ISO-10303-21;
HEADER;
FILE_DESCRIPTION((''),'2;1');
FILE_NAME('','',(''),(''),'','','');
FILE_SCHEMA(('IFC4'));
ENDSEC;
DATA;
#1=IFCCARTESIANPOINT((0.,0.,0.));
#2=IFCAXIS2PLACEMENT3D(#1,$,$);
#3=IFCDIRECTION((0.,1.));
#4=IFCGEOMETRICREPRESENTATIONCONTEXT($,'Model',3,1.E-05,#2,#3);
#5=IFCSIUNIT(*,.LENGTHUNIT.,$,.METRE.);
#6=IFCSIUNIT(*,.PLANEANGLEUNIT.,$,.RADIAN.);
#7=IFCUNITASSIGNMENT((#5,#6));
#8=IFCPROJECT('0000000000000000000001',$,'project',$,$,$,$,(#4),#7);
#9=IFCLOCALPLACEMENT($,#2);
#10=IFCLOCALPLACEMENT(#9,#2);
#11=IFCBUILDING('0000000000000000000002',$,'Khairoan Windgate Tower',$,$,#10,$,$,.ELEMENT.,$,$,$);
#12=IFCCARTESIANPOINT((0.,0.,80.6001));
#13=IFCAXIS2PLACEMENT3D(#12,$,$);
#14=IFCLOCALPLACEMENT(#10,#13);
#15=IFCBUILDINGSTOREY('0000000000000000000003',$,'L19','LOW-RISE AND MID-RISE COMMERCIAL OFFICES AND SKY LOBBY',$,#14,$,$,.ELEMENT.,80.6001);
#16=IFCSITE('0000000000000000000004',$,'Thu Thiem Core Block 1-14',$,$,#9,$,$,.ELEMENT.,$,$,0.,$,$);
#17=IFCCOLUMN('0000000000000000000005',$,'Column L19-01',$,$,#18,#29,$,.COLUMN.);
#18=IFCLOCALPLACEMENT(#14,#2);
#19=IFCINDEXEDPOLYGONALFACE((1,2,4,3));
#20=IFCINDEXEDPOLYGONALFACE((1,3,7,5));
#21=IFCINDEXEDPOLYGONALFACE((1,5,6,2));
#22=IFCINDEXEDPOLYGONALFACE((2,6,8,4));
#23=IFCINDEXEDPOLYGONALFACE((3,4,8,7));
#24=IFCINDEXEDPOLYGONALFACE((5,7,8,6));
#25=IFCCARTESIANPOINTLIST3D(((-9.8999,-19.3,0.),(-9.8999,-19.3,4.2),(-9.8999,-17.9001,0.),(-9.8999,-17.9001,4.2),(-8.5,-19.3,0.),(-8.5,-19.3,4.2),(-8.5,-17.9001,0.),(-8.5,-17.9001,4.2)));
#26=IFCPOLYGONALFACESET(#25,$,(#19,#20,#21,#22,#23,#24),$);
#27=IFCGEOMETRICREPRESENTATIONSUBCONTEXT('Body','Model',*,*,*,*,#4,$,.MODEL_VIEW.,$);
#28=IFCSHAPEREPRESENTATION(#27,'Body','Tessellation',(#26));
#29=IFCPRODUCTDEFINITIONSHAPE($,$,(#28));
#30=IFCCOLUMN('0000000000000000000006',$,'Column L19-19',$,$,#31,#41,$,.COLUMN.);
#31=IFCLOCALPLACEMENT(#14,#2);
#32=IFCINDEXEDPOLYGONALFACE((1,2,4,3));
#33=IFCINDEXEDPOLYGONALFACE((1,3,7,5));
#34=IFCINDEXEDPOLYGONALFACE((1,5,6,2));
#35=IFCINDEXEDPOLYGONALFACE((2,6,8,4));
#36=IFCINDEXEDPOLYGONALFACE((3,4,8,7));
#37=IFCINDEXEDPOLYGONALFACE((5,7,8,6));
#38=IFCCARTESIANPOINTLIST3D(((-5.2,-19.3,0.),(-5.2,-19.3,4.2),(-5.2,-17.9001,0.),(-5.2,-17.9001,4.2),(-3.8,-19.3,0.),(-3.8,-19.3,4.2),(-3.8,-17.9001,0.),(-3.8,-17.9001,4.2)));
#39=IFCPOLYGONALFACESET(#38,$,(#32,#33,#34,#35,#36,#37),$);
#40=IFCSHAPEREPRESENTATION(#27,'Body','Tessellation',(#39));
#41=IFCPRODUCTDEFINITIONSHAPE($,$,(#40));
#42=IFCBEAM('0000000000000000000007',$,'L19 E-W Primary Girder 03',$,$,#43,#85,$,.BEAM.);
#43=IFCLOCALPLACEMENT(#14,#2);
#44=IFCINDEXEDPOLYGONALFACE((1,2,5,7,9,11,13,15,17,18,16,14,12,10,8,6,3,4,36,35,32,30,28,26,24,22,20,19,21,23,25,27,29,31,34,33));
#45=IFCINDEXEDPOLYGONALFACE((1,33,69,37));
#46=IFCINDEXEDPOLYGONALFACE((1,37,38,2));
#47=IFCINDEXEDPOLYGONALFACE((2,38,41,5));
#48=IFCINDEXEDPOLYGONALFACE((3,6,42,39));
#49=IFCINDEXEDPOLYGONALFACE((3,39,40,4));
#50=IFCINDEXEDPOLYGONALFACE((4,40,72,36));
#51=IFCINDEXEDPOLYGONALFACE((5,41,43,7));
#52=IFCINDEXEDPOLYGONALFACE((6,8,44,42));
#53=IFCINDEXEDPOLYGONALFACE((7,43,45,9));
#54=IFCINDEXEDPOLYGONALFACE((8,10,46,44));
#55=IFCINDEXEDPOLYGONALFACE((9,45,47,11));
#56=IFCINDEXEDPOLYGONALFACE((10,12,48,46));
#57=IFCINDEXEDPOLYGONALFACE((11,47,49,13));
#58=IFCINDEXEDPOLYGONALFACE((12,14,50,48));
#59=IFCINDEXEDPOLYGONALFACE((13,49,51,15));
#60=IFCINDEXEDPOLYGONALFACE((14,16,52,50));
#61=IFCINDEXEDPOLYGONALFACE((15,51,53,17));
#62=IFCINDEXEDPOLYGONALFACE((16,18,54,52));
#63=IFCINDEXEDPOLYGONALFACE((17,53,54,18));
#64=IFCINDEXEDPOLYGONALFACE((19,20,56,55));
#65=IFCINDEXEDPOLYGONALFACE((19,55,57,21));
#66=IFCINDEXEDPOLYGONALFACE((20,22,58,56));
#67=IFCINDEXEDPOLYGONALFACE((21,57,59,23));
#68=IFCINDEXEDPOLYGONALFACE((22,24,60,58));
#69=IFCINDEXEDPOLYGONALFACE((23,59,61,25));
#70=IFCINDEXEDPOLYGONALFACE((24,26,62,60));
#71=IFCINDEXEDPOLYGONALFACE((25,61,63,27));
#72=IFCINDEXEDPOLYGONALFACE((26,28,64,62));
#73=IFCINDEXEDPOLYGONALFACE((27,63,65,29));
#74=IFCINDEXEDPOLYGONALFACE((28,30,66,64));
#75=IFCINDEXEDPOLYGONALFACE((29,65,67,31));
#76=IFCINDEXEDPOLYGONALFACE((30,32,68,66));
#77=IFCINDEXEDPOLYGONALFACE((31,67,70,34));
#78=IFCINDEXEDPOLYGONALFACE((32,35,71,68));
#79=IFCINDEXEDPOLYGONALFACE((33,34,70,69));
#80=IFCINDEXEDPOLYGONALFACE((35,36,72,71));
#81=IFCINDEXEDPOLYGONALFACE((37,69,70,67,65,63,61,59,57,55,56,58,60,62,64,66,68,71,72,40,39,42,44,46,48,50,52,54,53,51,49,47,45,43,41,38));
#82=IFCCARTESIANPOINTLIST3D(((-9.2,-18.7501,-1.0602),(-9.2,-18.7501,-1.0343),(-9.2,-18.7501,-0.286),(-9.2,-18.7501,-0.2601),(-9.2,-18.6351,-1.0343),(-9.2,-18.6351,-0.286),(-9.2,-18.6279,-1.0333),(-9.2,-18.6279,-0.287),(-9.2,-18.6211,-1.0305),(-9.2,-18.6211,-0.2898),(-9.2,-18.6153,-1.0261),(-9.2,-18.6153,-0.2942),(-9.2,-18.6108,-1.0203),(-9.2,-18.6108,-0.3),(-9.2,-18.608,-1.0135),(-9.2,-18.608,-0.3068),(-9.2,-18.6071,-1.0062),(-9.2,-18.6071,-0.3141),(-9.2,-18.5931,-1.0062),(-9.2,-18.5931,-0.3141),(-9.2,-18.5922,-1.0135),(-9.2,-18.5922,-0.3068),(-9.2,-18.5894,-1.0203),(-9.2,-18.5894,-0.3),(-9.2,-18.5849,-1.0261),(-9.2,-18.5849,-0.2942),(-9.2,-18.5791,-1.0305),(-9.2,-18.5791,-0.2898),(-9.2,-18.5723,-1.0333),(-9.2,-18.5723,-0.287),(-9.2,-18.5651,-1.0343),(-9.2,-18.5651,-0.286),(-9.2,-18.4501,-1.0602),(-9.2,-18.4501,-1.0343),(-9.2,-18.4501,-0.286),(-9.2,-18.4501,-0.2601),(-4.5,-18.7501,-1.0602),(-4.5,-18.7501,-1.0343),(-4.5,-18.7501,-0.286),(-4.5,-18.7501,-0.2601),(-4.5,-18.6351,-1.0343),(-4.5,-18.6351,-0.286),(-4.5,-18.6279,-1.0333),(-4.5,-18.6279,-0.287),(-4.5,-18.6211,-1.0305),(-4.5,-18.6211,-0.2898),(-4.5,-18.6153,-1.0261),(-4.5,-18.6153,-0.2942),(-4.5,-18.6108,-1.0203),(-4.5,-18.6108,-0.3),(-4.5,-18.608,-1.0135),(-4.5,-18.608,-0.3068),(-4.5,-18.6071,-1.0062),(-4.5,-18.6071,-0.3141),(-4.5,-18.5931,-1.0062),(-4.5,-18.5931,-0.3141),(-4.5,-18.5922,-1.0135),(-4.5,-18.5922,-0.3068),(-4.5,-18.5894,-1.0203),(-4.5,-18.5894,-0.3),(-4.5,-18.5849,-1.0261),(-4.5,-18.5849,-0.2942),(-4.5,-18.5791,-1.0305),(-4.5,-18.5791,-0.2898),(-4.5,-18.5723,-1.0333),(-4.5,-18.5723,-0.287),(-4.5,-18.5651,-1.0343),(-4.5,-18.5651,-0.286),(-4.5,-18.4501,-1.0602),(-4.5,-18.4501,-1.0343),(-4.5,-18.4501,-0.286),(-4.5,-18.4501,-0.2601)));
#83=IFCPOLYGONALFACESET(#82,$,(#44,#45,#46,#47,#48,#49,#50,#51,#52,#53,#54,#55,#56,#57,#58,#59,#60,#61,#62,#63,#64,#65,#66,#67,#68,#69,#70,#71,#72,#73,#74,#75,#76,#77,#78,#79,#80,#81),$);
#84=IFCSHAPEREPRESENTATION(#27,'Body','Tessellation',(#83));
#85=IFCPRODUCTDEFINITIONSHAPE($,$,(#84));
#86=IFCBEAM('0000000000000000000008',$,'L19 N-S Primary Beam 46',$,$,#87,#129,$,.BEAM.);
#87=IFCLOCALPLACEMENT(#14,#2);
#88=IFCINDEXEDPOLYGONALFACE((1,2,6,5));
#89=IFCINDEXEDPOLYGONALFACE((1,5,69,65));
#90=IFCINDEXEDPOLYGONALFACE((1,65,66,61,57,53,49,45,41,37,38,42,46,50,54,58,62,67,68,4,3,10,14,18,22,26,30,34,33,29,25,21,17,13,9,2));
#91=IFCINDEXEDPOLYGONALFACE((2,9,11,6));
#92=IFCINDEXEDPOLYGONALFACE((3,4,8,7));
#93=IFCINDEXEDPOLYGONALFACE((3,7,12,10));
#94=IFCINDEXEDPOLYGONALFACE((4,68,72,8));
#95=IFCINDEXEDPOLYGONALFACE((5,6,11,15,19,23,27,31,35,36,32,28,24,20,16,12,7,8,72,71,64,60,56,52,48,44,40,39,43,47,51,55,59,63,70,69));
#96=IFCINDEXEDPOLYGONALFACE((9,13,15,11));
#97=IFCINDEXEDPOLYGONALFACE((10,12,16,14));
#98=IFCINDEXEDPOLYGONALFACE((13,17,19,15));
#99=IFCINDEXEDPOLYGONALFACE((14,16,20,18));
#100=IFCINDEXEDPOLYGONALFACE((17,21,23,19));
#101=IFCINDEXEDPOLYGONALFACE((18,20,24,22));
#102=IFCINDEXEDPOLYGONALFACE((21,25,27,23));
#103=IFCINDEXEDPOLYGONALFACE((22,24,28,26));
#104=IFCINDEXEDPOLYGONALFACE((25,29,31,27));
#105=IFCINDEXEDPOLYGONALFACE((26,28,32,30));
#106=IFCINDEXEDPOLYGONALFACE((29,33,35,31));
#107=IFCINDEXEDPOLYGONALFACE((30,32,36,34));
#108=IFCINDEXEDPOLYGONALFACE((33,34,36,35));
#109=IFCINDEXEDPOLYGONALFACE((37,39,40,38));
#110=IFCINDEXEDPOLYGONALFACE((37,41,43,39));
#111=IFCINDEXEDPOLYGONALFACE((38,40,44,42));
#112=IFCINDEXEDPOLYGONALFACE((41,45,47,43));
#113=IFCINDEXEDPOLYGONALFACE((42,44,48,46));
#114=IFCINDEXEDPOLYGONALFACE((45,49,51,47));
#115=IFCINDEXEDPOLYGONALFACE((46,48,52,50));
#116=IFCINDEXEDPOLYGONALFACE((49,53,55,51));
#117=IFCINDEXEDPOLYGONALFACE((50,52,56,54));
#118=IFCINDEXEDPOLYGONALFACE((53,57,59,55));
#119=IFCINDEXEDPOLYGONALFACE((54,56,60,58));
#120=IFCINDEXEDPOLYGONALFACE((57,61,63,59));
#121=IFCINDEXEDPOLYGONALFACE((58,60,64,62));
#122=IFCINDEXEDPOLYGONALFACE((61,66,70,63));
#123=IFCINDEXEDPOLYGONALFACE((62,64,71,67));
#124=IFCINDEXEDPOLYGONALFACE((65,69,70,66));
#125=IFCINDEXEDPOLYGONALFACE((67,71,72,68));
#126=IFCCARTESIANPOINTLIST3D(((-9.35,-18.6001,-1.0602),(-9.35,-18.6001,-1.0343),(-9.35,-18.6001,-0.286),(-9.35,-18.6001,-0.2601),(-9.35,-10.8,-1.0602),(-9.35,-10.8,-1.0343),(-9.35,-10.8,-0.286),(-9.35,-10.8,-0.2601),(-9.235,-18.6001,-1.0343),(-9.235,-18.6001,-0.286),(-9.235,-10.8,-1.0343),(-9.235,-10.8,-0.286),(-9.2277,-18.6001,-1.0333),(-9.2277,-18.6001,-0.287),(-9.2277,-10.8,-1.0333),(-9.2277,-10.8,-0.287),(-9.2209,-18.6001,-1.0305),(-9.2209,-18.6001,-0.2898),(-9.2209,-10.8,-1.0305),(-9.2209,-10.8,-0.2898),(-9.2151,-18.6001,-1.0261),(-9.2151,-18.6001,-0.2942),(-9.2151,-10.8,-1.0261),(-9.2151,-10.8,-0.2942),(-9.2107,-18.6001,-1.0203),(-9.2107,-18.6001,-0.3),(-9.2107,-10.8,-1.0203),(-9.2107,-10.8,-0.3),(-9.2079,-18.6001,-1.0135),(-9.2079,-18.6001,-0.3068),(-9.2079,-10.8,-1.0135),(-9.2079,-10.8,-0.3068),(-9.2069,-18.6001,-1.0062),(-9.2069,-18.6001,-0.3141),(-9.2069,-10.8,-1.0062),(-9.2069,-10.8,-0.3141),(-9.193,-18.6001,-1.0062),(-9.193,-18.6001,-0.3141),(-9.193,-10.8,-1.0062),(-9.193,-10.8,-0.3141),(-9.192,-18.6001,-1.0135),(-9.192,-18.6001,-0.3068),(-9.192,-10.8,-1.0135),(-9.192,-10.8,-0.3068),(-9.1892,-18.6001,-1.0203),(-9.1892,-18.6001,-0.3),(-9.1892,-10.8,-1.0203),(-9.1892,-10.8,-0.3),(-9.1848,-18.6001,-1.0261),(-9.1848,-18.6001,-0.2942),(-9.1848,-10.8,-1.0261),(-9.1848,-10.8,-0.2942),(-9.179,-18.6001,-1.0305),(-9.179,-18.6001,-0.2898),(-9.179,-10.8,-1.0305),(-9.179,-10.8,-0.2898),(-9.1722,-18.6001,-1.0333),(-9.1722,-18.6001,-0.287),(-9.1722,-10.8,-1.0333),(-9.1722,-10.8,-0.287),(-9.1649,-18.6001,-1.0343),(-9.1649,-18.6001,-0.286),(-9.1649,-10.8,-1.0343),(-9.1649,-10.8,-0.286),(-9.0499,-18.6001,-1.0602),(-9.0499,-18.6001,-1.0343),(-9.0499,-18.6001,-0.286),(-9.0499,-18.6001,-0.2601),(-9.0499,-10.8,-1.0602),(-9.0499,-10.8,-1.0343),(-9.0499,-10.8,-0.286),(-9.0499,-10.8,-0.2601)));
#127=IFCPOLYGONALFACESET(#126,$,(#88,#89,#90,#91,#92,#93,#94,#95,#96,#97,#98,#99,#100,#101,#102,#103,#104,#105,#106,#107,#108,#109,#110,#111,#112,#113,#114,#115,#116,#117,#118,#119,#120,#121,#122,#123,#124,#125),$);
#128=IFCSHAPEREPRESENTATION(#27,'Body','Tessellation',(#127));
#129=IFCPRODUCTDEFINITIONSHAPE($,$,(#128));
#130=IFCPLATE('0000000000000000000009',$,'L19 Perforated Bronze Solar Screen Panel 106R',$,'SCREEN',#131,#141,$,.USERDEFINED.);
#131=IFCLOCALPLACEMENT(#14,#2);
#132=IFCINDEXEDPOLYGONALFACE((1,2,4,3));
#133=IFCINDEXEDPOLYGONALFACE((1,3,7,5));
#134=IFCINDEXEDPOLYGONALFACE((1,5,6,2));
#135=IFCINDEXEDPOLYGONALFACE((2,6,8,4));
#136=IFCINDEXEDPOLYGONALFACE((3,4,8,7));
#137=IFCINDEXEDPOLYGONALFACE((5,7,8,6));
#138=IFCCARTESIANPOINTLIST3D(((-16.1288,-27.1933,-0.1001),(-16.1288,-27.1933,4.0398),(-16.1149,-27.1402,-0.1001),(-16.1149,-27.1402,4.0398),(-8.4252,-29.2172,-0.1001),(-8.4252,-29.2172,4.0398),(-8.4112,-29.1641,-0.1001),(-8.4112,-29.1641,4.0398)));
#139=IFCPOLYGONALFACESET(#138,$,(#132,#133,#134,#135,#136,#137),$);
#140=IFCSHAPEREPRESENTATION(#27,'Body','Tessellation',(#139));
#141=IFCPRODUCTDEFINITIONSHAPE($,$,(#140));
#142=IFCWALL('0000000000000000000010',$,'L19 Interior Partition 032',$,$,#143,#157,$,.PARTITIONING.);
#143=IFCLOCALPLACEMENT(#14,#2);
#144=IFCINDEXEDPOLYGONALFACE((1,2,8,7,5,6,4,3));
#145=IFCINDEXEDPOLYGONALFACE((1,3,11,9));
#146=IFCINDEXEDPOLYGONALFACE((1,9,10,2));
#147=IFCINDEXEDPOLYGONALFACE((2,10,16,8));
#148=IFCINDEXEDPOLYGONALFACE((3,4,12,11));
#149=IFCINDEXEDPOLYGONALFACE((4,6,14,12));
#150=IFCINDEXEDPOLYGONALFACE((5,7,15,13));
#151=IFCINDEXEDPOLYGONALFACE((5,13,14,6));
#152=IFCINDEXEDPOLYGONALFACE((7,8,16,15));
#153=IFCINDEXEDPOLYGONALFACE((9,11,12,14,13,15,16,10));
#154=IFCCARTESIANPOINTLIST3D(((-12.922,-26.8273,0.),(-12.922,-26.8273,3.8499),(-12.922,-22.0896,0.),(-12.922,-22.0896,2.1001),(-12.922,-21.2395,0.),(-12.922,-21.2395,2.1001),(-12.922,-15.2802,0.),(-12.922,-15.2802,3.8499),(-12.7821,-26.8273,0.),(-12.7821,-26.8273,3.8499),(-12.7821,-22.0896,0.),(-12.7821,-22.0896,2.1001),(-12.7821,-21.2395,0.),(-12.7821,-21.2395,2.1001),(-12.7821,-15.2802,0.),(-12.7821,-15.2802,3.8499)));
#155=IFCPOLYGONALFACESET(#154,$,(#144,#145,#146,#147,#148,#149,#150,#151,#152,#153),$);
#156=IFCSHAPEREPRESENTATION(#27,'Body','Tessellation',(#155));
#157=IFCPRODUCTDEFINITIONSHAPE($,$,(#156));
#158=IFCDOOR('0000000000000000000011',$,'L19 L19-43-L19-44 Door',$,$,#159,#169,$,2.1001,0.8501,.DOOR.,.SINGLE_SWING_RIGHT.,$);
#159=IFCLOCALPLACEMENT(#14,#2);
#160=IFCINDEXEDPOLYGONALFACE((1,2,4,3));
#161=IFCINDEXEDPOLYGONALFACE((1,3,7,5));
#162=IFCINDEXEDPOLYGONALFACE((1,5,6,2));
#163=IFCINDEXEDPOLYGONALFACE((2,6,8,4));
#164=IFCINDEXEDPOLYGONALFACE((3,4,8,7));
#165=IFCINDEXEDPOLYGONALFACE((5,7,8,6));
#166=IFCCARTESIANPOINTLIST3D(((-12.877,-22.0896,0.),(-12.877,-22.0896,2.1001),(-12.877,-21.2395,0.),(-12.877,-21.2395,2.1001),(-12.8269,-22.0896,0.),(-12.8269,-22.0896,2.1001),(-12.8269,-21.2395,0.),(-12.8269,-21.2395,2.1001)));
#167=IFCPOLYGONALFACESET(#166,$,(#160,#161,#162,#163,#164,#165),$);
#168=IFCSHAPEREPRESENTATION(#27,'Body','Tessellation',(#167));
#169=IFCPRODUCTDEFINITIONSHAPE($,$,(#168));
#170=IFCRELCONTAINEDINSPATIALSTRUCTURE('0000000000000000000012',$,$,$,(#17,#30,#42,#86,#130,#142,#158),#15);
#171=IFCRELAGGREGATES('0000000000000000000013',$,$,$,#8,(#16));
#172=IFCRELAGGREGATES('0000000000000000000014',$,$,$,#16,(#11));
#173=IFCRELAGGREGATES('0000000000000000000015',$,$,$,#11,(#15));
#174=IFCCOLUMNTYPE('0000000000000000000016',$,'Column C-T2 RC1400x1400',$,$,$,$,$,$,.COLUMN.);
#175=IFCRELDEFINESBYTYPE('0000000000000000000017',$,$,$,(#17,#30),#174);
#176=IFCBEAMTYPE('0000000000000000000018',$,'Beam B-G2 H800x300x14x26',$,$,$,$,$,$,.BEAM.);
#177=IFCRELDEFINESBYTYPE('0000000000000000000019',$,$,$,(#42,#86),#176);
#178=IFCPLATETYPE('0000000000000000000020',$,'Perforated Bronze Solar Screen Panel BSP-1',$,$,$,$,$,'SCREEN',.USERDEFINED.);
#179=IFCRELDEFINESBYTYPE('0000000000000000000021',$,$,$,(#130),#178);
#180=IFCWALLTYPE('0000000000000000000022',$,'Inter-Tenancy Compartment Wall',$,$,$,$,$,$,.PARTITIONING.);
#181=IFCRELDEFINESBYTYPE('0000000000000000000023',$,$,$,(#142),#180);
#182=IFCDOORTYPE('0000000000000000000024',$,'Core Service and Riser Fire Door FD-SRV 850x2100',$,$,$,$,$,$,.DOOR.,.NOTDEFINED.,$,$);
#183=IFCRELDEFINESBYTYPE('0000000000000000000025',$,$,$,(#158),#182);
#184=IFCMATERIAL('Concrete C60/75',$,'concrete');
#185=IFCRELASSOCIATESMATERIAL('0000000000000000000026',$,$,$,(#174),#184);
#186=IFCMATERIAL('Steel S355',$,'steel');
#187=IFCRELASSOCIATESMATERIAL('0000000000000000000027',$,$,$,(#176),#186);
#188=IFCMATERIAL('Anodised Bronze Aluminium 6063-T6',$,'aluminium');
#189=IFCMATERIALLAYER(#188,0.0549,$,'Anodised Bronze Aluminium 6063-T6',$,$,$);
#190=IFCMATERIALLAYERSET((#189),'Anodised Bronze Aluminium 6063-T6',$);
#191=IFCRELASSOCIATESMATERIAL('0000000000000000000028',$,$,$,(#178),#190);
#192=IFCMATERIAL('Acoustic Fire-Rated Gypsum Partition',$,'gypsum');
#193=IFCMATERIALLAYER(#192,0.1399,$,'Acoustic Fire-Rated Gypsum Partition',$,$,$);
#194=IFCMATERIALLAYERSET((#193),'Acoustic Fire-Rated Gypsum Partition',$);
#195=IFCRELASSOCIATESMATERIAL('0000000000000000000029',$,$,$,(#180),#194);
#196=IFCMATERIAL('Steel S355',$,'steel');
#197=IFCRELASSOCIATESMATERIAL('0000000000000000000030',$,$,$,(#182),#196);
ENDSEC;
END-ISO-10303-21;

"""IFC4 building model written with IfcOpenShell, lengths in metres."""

from ifc_helpers import new_model, si_unit, direction, frame, frame_2d, origin, origin_2d, place, context, subcontext, project, spatial, rectangle, i_section, extrude, material, layer, layer_set, material_profile, profile_set, type_object, element, fill, save


model = new_model("IFC4")

# Units and contexts
model_context = context("Model", 3, precision=1e-05, world=origin(), true_north=direction((0.0, 1.0)))
body_context = subcontext(model_context, "Body", "Model", "MODEL_VIEW")
ifc_project = project(units=[si_unit("LENGTHUNIT", "METRE"), si_unit("PLANEANGLEUNIT", "RADIAN")], contexts=[model_context])

# Site, building, storey
site_placement = place(None, origin())
site = spatial("IfcSite", under=ifc_project, at=site_placement, Name="Thu Thiem Core Block 1-14", CompositionType="ELEMENT", RefElevation=0.0)
building_placement = place(site_placement, origin())
building = spatial("IfcBuilding", under=site, at=building_placement, Name="Khairoan Windgate Tower", CompositionType="ELEMENT")
storey_placement = place(building_placement, frame((0.0, 0.0, 80.6001)))
storey = spatial("IfcBuildingStorey", under=building, at=storey_placement, Name="L19", Description="LOW-RISE AND MID-RISE COMMERCIAL OFFICES AND SKY LOBBY", CompositionType="ELEMENT", Elevation=80.6001)

# Columns
ifc_material_1 = material(Name="Concrete C60/75", Category="concrete")
ifc_material_profile_1 = material_profile(ifc_material_1, rectangle(XDim=1.3999, YDim=1.3999, at=origin_2d()))
ifc_profile_set_1 = profile_set([ifc_material_profile_1], Name="Concrete C60/75")
column_type = type_object("IfcColumnType", Name="Column C-T2 RC1400x1400", PredefinedType="COLUMN", material=ifc_profile_set_1)
for number, where, z_axis, x_axis, name in (
    (1, (-9.2, -18.6001, 0.0), (0.0, 0.0, 1.0), (1.0, 0.0, 0.0), "Column L19-01"),
    (2, (-4.5, -18.6001, 0.0), (0.0, 0.0, 1.0), (1.0, 0.0, 0.0), "Column L19-19"),
):
    element("IfcColumn", number, at=place(storey_placement, frame(where, z_axis=z_axis, x_axis=x_axis)), inside=storey, type_object=column_type, Name=name, PredefinedType="COLUMN", context=body_context, shape_type="SweptSolid", body=[
        extrude(rectangle(XDim=1.3999, YDim=1.3999, at=origin_2d()), origin(), (0.0, 0.0, 1.0), 4.2),
    ])

# Beams
ifc_material_2 = material(Name="Steel S355", Category="steel")
ifc_material_profile_2 = material_profile(ifc_material_2, i_section(OverallWidth=0.3, OverallDepth=0.8, WebThickness=0.0139, FlangeThickness=0.0259, FilletRadius=0.0281, at=origin_2d()))
ifc_profile_set_2 = profile_set([ifc_material_profile_2], Name="Steel S355")
beam_type = type_object("IfcBeamType", Name="Beam B-G2 H800x300x14x26", PredefinedType="BEAM", material=ifc_profile_set_2)
beam_1_placement = place(storey_placement, frame((-9.2, -18.6001, -0.6602), z_axis=(1.0, 0.0, 0.0), x_axis=(0.0, 1.0, 0.0)))
element("IfcBeam", 3, at=beam_1_placement, inside=storey, type_object=beam_type, Name="L19 E-W Primary Girder 03", PredefinedType="BEAM", context=body_context, shape_type="SweptSolid", body=[
    extrude(i_section(OverallWidth=0.3, OverallDepth=0.8, WebThickness=0.0139, FlangeThickness=0.0259, FilletRadius=0.0281, at=origin_2d()), origin(), (0.0, 0.0, 1.0), 4.7),
])
beam_2_placement = place(storey_placement, frame((-9.2, -18.6001, -0.6602), z_axis=(0.0, 1.0, 0.0), x_axis=(-1.0, 0.0, 0.0)))
element("IfcBeam", 4, at=beam_2_placement, inside=storey, type_object=beam_type, Name="L19 N-S Primary Beam 46", PredefinedType="BEAM", context=body_context, shape_type="SweptSolid", body=[
    extrude(i_section(OverallWidth=0.3, OverallDepth=0.8, WebThickness=0.0139, FlangeThickness=0.0259, FilletRadius=0.0281, at=origin_2d()), origin(), (0.0, 0.0, 1.0), 7.8),
])

# Plate
ifc_material_3 = material(Name="Anodised Bronze Aluminium 6063-T6", Category="aluminium")
ifc_layer_1 = layer(ifc_material_3, 0.0549, Name="Anodised Bronze Aluminium 6063-T6")
ifc_layer_set_1 = layer_set([ifc_layer_1], Name="Anodised Bronze Aluminium 6063-T6")
plate_type = type_object("IfcPlateType", Name="Perforated Bronze Solar Screen Panel BSP-1", ElementType="SCREEN", PredefinedType="USERDEFINED", material=ifc_layer_set_1)
plate_placement = place(storey_placement, frame((-12.27, -28.1787, -0.1001), z_axis=(0.0, 0.0, 1.0), x_axis=(-0.967179, 0.254096, 0.0)))
element("IfcPlate", 5, at=plate_placement, inside=storey, type_object=plate_type, Name="L19 Perforated Bronze Solar Screen Panel 106R", ObjectType="SCREEN", PredefinedType="USERDEFINED", context=body_context, shape_type="SweptSolid", body=[
    extrude(rectangle(XDim=7.9651, YDim=0.0549, at=origin_2d()), origin(), (0.0, 0.0, 1.0), 4.1399),
])

# Wall, opening, door
ifc_material_4 = material(Name="Acoustic Fire-Rated Gypsum Partition", Category="gypsum")
ifc_layer_2 = layer(ifc_material_4, 0.1399, Name="Acoustic Fire-Rated Gypsum Partition")
ifc_layer_set_2 = layer_set([ifc_layer_2], Name="Acoustic Fire-Rated Gypsum Partition")
wall_type = type_object("IfcWallType", Name="Inter-Tenancy Compartment Wall", PredefinedType="PARTITIONING", material=ifc_layer_set_2)
wall_1_placement = place(storey_placement, frame((-12.8521, -26.8271, 0.0), z_axis=(0.0, 0.0, 1.0), x_axis=(0.0, 1.0, 0.0)))
wall_1 = element("IfcWall", 6, at=wall_1_placement, inside=storey, type_object=wall_type, Name="L19 Interior Partition 032", PredefinedType="PARTITIONING", context=body_context, shape_type="SweptSolid", body=[
    extrude(rectangle(XDim=11.5471, YDim=0.1399, at=frame_2d((5.7734, 0.0))), origin(), (0.0, 0.0, 1.0), 3.8499),
])
opening_1_placement = place(wall_1_placement, frame((4.7375, 0.0, 0.0)))
opening_1 = element("IfcOpeningElement", 7, at=opening_1_placement, cuts=wall_1, PredefinedType="OPENING", context=body_context, shape_type="SweptSolid", body=[
    extrude(rectangle(XDim=0.8501, YDim=2.1001, at=frame_2d((0.425, 1.05))), frame((0.0, 0.0798, 0.0), z_axis=(0.0, -1.0, 0.0), x_axis=(1.0, 0.0, 0.0)), (0.0, 0.0, 1.0), 0.1599),
])
ifc_material_5 = material(Name="Steel S355", Category="steel")
door_type = type_object("IfcDoorType", Name="Core Service and Riser Fire Door FD-SRV 850x2100", OperationType="NOTDEFINED", PredefinedType="DOOR", material=ifc_material_5)
door_1_placement = place(opening_1_placement, origin())
door_1 = element("IfcDoor", 8, at=door_1_placement, inside=storey, type_object=door_type, Name="L19 L19-43-L19-44 Door", OperationType="SINGLE_SWING_RIGHT", OverallHeight=2.1001, OverallWidth=0.8501, PredefinedType="DOOR", context=body_context, shape_type="SweptSolid", body=[
    extrude(rectangle(XDim=0.8501, YDim=2.1001, at=frame_2d((0.425, 1.05))), frame((0.0, 0.0249, 0.0), z_axis=(0.0, -1.0, 0.0), x_axis=(1.0, 0.0, 0.0)), (0.0, 0.0, 1.0), 0.05),
])
fill(opening_1, door_1)

save(model, "model.ifc")
